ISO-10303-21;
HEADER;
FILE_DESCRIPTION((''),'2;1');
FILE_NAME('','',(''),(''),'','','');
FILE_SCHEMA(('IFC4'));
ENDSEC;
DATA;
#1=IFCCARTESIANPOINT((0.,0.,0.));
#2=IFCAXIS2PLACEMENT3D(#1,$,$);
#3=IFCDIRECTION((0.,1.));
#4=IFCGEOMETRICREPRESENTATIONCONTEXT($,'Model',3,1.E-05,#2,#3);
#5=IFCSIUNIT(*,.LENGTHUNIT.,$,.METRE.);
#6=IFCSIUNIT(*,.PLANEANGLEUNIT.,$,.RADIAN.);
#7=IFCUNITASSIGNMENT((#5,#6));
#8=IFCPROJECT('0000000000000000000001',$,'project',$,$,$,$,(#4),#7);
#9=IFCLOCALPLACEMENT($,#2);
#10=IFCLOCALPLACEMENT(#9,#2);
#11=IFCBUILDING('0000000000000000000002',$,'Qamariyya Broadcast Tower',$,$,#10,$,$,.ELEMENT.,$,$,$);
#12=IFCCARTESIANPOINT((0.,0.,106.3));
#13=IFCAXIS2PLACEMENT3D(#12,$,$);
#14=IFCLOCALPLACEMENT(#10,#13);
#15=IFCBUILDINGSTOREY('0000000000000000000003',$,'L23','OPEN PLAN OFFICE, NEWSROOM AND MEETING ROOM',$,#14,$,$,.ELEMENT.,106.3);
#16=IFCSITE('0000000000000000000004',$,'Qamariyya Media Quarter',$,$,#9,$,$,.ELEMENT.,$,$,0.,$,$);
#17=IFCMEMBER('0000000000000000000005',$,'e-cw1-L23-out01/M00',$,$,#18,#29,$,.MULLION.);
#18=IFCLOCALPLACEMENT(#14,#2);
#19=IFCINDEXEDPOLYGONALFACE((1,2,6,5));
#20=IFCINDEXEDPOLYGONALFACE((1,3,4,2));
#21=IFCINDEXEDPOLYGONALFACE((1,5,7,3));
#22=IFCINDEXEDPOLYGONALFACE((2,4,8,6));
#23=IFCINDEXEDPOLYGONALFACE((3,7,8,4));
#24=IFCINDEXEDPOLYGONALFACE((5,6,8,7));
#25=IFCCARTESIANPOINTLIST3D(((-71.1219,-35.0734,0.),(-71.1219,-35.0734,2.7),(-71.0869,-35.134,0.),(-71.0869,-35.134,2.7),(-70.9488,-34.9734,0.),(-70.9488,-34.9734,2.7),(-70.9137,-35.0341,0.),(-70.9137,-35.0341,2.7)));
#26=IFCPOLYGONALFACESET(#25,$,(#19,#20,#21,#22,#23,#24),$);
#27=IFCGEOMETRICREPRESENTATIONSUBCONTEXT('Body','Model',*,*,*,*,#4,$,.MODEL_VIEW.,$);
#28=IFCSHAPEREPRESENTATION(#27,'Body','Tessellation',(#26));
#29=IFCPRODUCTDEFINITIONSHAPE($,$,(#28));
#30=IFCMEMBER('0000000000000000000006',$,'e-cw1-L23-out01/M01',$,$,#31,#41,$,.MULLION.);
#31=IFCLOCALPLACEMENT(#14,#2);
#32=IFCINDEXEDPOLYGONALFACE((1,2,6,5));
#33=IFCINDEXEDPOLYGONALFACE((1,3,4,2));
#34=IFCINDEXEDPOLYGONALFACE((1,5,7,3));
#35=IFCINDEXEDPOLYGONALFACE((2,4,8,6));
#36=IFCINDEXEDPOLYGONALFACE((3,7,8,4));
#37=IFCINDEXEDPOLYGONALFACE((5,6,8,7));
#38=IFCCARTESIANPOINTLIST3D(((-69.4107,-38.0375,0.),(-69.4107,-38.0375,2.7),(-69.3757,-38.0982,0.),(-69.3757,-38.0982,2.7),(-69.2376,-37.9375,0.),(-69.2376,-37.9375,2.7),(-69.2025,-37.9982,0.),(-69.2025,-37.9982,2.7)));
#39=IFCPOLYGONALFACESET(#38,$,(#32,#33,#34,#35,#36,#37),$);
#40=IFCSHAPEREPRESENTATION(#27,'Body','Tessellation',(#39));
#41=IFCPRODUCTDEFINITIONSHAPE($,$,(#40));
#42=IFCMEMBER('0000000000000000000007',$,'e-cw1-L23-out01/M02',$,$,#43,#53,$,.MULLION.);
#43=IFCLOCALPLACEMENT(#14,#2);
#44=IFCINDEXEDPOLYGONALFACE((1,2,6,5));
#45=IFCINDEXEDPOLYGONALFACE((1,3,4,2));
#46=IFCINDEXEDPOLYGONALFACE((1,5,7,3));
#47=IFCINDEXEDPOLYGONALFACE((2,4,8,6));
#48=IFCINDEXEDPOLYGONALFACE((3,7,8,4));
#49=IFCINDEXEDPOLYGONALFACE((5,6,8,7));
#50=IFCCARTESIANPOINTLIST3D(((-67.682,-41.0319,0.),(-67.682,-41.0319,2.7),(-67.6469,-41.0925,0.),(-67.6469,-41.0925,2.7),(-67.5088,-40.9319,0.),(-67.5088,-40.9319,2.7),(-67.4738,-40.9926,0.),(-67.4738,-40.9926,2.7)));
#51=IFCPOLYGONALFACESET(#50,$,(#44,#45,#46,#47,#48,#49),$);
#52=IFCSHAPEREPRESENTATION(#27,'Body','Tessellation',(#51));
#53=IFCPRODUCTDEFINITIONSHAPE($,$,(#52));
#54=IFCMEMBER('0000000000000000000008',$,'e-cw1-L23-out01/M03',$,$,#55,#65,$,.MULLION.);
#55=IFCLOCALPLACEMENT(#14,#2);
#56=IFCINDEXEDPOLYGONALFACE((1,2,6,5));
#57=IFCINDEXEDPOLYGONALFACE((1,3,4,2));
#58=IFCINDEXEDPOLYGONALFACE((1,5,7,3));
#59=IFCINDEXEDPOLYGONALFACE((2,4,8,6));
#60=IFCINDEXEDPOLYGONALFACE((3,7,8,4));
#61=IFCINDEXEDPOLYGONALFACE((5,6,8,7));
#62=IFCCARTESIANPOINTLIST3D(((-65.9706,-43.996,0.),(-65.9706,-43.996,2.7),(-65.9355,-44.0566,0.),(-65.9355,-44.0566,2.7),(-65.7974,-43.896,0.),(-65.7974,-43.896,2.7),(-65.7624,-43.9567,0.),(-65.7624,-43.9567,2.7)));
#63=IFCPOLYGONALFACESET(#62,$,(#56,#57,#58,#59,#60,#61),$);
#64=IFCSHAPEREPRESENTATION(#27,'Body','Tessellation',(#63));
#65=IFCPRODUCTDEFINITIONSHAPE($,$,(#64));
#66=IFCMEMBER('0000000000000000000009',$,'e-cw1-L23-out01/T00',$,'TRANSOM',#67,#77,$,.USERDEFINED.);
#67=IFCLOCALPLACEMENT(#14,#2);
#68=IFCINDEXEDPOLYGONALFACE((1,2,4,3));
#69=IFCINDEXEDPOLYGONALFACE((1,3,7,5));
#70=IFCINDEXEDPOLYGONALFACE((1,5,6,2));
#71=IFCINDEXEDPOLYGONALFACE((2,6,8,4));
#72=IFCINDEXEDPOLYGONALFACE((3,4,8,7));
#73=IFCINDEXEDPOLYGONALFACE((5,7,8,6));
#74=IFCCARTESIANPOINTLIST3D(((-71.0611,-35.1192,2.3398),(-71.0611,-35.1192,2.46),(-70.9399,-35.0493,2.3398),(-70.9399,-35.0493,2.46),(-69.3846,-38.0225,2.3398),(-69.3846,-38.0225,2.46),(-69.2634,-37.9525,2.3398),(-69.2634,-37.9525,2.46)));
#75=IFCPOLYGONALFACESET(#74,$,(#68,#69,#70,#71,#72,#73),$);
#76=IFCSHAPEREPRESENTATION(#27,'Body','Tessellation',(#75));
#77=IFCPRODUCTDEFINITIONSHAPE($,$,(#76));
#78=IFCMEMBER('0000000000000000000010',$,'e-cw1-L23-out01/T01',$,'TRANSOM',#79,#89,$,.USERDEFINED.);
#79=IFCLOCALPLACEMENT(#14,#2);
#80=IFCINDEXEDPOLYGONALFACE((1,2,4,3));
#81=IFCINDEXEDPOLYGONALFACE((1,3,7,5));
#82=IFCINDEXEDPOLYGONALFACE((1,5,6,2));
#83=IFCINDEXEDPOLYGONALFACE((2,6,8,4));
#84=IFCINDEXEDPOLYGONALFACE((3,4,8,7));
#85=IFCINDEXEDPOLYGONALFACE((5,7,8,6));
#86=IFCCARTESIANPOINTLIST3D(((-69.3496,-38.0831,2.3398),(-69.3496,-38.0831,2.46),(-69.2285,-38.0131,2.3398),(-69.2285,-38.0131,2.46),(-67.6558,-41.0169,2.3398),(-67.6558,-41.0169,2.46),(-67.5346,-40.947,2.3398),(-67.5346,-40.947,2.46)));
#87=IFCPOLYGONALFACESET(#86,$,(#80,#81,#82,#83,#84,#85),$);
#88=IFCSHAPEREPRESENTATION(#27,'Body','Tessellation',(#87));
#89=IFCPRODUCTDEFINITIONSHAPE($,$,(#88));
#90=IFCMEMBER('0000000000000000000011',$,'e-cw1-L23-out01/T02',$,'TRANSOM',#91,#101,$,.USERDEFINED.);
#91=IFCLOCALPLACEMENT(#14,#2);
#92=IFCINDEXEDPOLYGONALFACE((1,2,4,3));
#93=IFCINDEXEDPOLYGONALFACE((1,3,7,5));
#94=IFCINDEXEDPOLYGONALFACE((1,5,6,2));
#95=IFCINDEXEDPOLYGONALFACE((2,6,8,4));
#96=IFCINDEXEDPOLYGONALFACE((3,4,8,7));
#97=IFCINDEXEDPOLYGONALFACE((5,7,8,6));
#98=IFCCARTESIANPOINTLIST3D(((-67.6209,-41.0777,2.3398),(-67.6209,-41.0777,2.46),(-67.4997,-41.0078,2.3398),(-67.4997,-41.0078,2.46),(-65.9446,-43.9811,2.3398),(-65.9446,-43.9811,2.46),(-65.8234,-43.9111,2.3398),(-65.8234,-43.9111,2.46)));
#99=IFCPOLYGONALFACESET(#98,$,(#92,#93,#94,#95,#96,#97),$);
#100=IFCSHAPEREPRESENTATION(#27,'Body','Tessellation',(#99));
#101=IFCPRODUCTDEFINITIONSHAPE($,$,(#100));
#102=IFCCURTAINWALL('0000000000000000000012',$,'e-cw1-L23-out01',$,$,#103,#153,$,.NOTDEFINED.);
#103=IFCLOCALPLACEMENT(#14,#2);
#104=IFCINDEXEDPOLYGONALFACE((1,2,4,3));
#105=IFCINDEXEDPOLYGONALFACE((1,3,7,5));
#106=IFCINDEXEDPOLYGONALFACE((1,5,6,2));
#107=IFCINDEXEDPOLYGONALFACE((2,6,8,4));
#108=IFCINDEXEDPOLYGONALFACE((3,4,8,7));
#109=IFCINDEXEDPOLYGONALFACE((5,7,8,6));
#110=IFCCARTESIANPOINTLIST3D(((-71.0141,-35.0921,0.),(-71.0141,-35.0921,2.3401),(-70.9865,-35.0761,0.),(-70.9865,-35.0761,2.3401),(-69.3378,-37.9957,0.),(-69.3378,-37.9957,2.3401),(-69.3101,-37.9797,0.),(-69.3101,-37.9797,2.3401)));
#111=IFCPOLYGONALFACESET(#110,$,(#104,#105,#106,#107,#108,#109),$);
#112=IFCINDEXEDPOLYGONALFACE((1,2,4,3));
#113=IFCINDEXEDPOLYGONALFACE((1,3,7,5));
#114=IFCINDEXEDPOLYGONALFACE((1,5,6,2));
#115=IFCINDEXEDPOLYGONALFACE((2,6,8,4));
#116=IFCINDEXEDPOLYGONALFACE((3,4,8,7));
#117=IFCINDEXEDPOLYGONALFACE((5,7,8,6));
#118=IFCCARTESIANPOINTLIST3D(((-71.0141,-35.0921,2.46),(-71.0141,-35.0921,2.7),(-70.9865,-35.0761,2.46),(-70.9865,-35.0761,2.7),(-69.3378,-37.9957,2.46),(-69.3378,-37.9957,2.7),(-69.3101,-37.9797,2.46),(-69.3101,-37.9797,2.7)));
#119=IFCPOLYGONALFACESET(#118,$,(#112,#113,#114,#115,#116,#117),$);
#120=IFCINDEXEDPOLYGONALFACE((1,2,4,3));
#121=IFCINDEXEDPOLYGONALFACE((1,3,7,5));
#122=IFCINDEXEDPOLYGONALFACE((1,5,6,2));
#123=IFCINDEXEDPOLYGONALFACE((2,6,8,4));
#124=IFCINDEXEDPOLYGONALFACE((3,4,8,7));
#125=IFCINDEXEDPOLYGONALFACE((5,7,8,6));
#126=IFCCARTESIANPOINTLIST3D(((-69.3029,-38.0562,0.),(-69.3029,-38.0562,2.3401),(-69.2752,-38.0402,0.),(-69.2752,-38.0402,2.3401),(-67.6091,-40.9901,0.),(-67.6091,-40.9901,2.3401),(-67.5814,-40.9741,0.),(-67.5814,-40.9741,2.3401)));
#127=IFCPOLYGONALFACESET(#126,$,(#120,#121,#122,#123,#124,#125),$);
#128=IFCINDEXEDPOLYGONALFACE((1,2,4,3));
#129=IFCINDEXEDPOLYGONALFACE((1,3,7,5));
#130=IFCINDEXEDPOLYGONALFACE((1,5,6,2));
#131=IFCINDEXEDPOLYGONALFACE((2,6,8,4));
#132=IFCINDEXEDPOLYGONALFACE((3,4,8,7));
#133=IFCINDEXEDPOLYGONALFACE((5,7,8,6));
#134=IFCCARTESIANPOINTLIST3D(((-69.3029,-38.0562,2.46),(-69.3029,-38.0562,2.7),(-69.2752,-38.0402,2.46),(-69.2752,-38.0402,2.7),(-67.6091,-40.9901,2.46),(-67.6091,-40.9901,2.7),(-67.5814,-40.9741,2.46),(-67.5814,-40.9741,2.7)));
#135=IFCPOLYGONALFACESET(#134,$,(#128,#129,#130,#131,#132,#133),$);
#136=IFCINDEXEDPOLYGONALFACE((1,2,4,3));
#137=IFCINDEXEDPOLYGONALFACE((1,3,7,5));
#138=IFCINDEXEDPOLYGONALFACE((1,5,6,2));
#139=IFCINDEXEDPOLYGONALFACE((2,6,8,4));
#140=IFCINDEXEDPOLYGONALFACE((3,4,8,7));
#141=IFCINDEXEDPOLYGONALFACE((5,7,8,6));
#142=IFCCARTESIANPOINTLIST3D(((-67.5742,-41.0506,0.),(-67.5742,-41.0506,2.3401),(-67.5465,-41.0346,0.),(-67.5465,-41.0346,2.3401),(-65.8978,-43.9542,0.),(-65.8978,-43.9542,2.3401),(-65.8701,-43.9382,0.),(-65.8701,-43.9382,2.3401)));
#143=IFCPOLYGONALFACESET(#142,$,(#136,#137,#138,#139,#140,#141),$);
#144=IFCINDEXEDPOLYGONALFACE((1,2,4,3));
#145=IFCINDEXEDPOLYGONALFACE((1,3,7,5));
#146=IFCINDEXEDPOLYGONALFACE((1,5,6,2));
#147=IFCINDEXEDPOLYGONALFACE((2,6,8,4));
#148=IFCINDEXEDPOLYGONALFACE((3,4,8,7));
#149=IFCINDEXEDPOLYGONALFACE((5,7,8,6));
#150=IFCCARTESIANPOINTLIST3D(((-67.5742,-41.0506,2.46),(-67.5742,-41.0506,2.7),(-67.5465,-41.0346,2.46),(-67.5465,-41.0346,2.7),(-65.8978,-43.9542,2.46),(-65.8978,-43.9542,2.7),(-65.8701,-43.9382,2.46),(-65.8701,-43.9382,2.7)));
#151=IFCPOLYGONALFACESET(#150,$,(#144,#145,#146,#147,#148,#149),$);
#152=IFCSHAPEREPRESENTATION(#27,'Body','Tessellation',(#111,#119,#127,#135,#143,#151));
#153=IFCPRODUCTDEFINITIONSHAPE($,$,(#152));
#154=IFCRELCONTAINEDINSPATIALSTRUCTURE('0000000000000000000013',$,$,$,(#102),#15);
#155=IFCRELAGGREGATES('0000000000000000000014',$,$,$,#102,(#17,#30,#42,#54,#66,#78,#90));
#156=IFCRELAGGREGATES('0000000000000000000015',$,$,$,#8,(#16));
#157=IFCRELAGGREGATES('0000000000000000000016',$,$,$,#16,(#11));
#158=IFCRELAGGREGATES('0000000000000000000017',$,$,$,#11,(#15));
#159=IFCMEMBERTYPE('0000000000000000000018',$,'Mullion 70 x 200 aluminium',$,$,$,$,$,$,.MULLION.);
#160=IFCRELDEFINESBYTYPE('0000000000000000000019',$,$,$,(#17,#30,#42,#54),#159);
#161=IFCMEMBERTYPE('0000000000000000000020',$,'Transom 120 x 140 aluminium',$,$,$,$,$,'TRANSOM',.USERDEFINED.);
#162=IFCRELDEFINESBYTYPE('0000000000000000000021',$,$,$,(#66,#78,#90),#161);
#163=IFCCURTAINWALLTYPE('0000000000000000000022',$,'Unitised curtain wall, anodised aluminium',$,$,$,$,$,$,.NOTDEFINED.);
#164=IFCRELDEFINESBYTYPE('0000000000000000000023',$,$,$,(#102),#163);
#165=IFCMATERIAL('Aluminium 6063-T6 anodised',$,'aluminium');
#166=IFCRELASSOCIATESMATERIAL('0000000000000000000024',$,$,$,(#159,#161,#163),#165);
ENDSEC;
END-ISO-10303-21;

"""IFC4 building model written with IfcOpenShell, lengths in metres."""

from ifc_helpers import new_model, si_unit, direction, frame, origin, origin_2d, place, context, subcontext, project, spatial, rectangle, extrude, material, material_profile, profile_set, type_object, element, aggregate, save


model = new_model("IFC4")

# Units and contexts
model_context = context("Model", 3, precision=1e-05, world=origin(), true_north=direction((0.0, 1.0)))
body_context = subcontext(model_context, "Body", "Model", "MODEL_VIEW")
ifc_project = project(units=[si_unit("LENGTHUNIT", "METRE"), si_unit("PLANEANGLEUNIT", "RADIAN")], contexts=[model_context])

# Members
ifc_material = material(Name="Aluminium 6063-T6 anodised", Category="aluminium")
ifc_material_profile_1 = material_profile(ifc_material, rectangle(XDim=0.2, YDim=0.0701, at=origin_2d()))
ifc_profile_set_1 = profile_set([ifc_material_profile_1], Name="Aluminium 6063-T6 anodised")
member_type_1 = type_object("IfcMemberType", Name="Mullion 70 x 200 aluminium", PredefinedType="MULLION", material=ifc_profile_set_1)
site_placement = place(None, origin())
building_placement = place(site_placement, origin())
storey_placement = place(building_placement, frame((0.0, 0.0, 106.3)))
member_1_placement = place(storey_placement, frame((-71.0178, -35.0537, 0.0), z_axis=(0.0, 0.0, 1.0), x_axis=(0.866025, 0.5, 0.0)))
member_1 = element("IfcMember", 1, at=member_1_placement, type_object=member_type_1, Name="e-cw1-L23-out01/M00", PredefinedType="MULLION", context=body_context, shape_type="SweptSolid", body=[
    extrude(rectangle(XDim=0.2, YDim=0.0701, at=origin_2d()), origin(), (0.0, 0.0, 1.0), 2.7),
])
member_2_placement = place(storey_placement, frame((-69.3066, -38.0178, 0.0), z_axis=(0.0, 0.0, 1.0), x_axis=(0.866025, 0.5, 0.0)))
member_2 = element("IfcMember", 2, at=member_2_placement, type_object=member_type_1, Name="e-cw1-L23-out01/M01", PredefinedType="MULLION", context=body_context, shape_type="SweptSolid", body=[
    extrude(rectangle(XDim=0.2, YDim=0.0701, at=origin_2d()), origin(), (0.0, 0.0, 1.0), 2.7),
])
member_3_placement = place(storey_placement, frame((-67.5779, -41.0122, 0.0), z_axis=(0.0, 0.0, 1.0), x_axis=(0.866025, 0.5, 0.0)))
member_3 = element("IfcMember", 3, at=member_3_placement, type_object=member_type_1, Name="e-cw1-L23-out01/M02", PredefinedType="MULLION", context=body_context, shape_type="SweptSolid", body=[
    extrude(rectangle(XDim=0.2, YDim=0.0701, at=origin_2d()), origin(), (0.0, 0.0, 1.0), 2.7),
])
member_4_placement = place(storey_placement, frame((-65.8665, -43.9763, 0.0), z_axis=(0.0, 0.0, 1.0), x_axis=(0.866025, 0.5, 0.0)))
member_4 = element("IfcMember", 4, at=member_4_placement, type_object=member_type_1, Name="e-cw1-L23-out01/M03", PredefinedType="MULLION", context=body_context, shape_type="SweptSolid", body=[
    extrude(rectangle(XDim=0.2, YDim=0.0701, at=origin_2d()), origin(), (0.0, 0.0, 1.0), 2.7),
])
ifc_material_profile_2 = material_profile(ifc_material, rectangle(XDim=0.1399, YDim=0.1201, at=origin_2d()))
ifc_profile_set_2 = profile_set([ifc_material_profile_2], Name="Aluminium 6063-T6 anodised")
member_type_2 = type_object("IfcMemberType", Name="Transom 120 x 140 aluminium", ElementType="TRANSOM", PredefinedType="USERDEFINED", material=ifc_profile_set_2)
member_5_placement = place(storey_placement, frame((-71.0005, -35.0842, 2.3999), z_axis=(0.500063, -0.865989, 0.0), x_axis=(0.865989, 0.500063, 0.0)))
member_5 = element("IfcMember", 5, at=member_5_placement, type_object=member_type_2, Name="e-cw1-L23-out01/T00", ObjectType="TRANSOM", PredefinedType="USERDEFINED", context=body_context, shape_type="SweptSolid", body=[
    extrude(rectangle(XDim=0.1399, YDim=0.1201, at=origin_2d()), origin(), (0.0, 0.0, 1.0), 3.3525),
])
member_6_placement = place(storey_placement, frame((-69.2891, -38.0481, 2.3999), z_axis=(0.499999, -0.866026, 0.0), x_axis=(0.866026, 0.499999, 0.0)))
member_6 = element("IfcMember", 6, at=member_6_placement, type_object=member_type_2, Name="e-cw1-L23-out01/T01", ObjectType="TRANSOM", PredefinedType="USERDEFINED", context=body_context, shape_type="SweptSolid", body=[
    extrude(rectangle(XDim=0.1399, YDim=0.1201, at=origin_2d()), origin(), (0.0, 0.0, 1.0), 3.3877),
])
member_7_placement = place(storey_placement, frame((-67.5603, -41.0427, 2.3999), z_axis=(0.500008, -0.866021, 0.0), x_axis=(0.866021, 0.500008, 0.0)))
member_7 = element("IfcMember", 7, at=member_7_placement, type_object=member_type_2, Name="e-cw1-L23-out01/T02", ObjectType="TRANSOM", PredefinedType="USERDEFINED", context=body_context, shape_type="SweptSolid", body=[
    extrude(rectangle(XDim=0.1399, YDim=0.1201, at=origin_2d()), origin(), (0.0, 0.0, 1.0), 3.3525),
])

# Site, building, storey
site = spatial("IfcSite", under=ifc_project, at=site_placement, Name="Qamariyya Media Quarter", CompositionType="ELEMENT", RefElevation=0.0)
building = spatial("IfcBuilding", under=site, at=building_placement, Name="Qamariyya Broadcast Tower", CompositionType="ELEMENT")
storey = spatial("IfcBuildingStorey", under=building, at=storey_placement, Name="L23", Description="OPEN PLAN OFFICE, NEWSROOM AND MEETING ROOM", CompositionType="ELEMENT", Elevation=106.3)

# Curtain wall
curtain_wall_type = type_object("IfcCurtainWallType", Name="Unitised curtain wall, anodised aluminium", PredefinedType="NOTDEFINED", material=ifc_material)
curtain_wall_1_placement = place(storey_placement, origin())
curtain_wall_1 = element("IfcCurtainWall", 8, at=curtain_wall_1_placement, inside=storey, type_object=curtain_wall_type, Name="e-cw1-L23-out01", PredefinedType="NOTDEFINED", context=body_context, shape_type="SweptSolid", body=[
    extrude(rectangle(XDim=3.3528, YDim=0.032, at=origin_2d()), frame((-70.1621, -36.5359, 0.0), x_axis=(0.499997, -0.866027, 0.0)), (0.0, 0.0, 1.0), 2.3401),
    extrude(rectangle(XDim=3.3528, YDim=0.032, at=origin_2d()), frame((-70.1621, -36.5359, 2.46), x_axis=(0.499997, -0.866027, 0.0)), (0.0, 0.0, 1.0), 0.24),
    extrude(rectangle(XDim=3.3877, YDim=0.032, at=origin_2d()), frame((-68.4421, -39.5151, 0.0), x_axis=(0.499997, -0.866027, 0.0)), (0.0, 0.0, 1.0), 2.3401),
    extrude(rectangle(XDim=3.3877, YDim=0.032, at=origin_2d()), frame((-68.4421, -39.5151, 2.46), x_axis=(0.499997, -0.866027, 0.0)), (0.0, 0.0, 1.0), 0.24),
    extrude(rectangle(XDim=3.3528, YDim=0.032, at=origin_2d()), frame((-66.7222, -42.4944, 0.0), x_axis=(0.499997, -0.866027, 0.0)), (0.0, 0.0, 1.0), 2.3401),
    extrude(rectangle(XDim=3.3528, YDim=0.032, at=origin_2d()), frame((-66.7222, -42.4944, 2.46), x_axis=(0.499997, -0.866027, 0.0)), (0.0, 0.0, 1.0), 0.24),
])
aggregate(curtain_wall_1, [member_1, member_2, member_3, member_4, member_5, member_6, member_7])

save(model, "model.ifc")
